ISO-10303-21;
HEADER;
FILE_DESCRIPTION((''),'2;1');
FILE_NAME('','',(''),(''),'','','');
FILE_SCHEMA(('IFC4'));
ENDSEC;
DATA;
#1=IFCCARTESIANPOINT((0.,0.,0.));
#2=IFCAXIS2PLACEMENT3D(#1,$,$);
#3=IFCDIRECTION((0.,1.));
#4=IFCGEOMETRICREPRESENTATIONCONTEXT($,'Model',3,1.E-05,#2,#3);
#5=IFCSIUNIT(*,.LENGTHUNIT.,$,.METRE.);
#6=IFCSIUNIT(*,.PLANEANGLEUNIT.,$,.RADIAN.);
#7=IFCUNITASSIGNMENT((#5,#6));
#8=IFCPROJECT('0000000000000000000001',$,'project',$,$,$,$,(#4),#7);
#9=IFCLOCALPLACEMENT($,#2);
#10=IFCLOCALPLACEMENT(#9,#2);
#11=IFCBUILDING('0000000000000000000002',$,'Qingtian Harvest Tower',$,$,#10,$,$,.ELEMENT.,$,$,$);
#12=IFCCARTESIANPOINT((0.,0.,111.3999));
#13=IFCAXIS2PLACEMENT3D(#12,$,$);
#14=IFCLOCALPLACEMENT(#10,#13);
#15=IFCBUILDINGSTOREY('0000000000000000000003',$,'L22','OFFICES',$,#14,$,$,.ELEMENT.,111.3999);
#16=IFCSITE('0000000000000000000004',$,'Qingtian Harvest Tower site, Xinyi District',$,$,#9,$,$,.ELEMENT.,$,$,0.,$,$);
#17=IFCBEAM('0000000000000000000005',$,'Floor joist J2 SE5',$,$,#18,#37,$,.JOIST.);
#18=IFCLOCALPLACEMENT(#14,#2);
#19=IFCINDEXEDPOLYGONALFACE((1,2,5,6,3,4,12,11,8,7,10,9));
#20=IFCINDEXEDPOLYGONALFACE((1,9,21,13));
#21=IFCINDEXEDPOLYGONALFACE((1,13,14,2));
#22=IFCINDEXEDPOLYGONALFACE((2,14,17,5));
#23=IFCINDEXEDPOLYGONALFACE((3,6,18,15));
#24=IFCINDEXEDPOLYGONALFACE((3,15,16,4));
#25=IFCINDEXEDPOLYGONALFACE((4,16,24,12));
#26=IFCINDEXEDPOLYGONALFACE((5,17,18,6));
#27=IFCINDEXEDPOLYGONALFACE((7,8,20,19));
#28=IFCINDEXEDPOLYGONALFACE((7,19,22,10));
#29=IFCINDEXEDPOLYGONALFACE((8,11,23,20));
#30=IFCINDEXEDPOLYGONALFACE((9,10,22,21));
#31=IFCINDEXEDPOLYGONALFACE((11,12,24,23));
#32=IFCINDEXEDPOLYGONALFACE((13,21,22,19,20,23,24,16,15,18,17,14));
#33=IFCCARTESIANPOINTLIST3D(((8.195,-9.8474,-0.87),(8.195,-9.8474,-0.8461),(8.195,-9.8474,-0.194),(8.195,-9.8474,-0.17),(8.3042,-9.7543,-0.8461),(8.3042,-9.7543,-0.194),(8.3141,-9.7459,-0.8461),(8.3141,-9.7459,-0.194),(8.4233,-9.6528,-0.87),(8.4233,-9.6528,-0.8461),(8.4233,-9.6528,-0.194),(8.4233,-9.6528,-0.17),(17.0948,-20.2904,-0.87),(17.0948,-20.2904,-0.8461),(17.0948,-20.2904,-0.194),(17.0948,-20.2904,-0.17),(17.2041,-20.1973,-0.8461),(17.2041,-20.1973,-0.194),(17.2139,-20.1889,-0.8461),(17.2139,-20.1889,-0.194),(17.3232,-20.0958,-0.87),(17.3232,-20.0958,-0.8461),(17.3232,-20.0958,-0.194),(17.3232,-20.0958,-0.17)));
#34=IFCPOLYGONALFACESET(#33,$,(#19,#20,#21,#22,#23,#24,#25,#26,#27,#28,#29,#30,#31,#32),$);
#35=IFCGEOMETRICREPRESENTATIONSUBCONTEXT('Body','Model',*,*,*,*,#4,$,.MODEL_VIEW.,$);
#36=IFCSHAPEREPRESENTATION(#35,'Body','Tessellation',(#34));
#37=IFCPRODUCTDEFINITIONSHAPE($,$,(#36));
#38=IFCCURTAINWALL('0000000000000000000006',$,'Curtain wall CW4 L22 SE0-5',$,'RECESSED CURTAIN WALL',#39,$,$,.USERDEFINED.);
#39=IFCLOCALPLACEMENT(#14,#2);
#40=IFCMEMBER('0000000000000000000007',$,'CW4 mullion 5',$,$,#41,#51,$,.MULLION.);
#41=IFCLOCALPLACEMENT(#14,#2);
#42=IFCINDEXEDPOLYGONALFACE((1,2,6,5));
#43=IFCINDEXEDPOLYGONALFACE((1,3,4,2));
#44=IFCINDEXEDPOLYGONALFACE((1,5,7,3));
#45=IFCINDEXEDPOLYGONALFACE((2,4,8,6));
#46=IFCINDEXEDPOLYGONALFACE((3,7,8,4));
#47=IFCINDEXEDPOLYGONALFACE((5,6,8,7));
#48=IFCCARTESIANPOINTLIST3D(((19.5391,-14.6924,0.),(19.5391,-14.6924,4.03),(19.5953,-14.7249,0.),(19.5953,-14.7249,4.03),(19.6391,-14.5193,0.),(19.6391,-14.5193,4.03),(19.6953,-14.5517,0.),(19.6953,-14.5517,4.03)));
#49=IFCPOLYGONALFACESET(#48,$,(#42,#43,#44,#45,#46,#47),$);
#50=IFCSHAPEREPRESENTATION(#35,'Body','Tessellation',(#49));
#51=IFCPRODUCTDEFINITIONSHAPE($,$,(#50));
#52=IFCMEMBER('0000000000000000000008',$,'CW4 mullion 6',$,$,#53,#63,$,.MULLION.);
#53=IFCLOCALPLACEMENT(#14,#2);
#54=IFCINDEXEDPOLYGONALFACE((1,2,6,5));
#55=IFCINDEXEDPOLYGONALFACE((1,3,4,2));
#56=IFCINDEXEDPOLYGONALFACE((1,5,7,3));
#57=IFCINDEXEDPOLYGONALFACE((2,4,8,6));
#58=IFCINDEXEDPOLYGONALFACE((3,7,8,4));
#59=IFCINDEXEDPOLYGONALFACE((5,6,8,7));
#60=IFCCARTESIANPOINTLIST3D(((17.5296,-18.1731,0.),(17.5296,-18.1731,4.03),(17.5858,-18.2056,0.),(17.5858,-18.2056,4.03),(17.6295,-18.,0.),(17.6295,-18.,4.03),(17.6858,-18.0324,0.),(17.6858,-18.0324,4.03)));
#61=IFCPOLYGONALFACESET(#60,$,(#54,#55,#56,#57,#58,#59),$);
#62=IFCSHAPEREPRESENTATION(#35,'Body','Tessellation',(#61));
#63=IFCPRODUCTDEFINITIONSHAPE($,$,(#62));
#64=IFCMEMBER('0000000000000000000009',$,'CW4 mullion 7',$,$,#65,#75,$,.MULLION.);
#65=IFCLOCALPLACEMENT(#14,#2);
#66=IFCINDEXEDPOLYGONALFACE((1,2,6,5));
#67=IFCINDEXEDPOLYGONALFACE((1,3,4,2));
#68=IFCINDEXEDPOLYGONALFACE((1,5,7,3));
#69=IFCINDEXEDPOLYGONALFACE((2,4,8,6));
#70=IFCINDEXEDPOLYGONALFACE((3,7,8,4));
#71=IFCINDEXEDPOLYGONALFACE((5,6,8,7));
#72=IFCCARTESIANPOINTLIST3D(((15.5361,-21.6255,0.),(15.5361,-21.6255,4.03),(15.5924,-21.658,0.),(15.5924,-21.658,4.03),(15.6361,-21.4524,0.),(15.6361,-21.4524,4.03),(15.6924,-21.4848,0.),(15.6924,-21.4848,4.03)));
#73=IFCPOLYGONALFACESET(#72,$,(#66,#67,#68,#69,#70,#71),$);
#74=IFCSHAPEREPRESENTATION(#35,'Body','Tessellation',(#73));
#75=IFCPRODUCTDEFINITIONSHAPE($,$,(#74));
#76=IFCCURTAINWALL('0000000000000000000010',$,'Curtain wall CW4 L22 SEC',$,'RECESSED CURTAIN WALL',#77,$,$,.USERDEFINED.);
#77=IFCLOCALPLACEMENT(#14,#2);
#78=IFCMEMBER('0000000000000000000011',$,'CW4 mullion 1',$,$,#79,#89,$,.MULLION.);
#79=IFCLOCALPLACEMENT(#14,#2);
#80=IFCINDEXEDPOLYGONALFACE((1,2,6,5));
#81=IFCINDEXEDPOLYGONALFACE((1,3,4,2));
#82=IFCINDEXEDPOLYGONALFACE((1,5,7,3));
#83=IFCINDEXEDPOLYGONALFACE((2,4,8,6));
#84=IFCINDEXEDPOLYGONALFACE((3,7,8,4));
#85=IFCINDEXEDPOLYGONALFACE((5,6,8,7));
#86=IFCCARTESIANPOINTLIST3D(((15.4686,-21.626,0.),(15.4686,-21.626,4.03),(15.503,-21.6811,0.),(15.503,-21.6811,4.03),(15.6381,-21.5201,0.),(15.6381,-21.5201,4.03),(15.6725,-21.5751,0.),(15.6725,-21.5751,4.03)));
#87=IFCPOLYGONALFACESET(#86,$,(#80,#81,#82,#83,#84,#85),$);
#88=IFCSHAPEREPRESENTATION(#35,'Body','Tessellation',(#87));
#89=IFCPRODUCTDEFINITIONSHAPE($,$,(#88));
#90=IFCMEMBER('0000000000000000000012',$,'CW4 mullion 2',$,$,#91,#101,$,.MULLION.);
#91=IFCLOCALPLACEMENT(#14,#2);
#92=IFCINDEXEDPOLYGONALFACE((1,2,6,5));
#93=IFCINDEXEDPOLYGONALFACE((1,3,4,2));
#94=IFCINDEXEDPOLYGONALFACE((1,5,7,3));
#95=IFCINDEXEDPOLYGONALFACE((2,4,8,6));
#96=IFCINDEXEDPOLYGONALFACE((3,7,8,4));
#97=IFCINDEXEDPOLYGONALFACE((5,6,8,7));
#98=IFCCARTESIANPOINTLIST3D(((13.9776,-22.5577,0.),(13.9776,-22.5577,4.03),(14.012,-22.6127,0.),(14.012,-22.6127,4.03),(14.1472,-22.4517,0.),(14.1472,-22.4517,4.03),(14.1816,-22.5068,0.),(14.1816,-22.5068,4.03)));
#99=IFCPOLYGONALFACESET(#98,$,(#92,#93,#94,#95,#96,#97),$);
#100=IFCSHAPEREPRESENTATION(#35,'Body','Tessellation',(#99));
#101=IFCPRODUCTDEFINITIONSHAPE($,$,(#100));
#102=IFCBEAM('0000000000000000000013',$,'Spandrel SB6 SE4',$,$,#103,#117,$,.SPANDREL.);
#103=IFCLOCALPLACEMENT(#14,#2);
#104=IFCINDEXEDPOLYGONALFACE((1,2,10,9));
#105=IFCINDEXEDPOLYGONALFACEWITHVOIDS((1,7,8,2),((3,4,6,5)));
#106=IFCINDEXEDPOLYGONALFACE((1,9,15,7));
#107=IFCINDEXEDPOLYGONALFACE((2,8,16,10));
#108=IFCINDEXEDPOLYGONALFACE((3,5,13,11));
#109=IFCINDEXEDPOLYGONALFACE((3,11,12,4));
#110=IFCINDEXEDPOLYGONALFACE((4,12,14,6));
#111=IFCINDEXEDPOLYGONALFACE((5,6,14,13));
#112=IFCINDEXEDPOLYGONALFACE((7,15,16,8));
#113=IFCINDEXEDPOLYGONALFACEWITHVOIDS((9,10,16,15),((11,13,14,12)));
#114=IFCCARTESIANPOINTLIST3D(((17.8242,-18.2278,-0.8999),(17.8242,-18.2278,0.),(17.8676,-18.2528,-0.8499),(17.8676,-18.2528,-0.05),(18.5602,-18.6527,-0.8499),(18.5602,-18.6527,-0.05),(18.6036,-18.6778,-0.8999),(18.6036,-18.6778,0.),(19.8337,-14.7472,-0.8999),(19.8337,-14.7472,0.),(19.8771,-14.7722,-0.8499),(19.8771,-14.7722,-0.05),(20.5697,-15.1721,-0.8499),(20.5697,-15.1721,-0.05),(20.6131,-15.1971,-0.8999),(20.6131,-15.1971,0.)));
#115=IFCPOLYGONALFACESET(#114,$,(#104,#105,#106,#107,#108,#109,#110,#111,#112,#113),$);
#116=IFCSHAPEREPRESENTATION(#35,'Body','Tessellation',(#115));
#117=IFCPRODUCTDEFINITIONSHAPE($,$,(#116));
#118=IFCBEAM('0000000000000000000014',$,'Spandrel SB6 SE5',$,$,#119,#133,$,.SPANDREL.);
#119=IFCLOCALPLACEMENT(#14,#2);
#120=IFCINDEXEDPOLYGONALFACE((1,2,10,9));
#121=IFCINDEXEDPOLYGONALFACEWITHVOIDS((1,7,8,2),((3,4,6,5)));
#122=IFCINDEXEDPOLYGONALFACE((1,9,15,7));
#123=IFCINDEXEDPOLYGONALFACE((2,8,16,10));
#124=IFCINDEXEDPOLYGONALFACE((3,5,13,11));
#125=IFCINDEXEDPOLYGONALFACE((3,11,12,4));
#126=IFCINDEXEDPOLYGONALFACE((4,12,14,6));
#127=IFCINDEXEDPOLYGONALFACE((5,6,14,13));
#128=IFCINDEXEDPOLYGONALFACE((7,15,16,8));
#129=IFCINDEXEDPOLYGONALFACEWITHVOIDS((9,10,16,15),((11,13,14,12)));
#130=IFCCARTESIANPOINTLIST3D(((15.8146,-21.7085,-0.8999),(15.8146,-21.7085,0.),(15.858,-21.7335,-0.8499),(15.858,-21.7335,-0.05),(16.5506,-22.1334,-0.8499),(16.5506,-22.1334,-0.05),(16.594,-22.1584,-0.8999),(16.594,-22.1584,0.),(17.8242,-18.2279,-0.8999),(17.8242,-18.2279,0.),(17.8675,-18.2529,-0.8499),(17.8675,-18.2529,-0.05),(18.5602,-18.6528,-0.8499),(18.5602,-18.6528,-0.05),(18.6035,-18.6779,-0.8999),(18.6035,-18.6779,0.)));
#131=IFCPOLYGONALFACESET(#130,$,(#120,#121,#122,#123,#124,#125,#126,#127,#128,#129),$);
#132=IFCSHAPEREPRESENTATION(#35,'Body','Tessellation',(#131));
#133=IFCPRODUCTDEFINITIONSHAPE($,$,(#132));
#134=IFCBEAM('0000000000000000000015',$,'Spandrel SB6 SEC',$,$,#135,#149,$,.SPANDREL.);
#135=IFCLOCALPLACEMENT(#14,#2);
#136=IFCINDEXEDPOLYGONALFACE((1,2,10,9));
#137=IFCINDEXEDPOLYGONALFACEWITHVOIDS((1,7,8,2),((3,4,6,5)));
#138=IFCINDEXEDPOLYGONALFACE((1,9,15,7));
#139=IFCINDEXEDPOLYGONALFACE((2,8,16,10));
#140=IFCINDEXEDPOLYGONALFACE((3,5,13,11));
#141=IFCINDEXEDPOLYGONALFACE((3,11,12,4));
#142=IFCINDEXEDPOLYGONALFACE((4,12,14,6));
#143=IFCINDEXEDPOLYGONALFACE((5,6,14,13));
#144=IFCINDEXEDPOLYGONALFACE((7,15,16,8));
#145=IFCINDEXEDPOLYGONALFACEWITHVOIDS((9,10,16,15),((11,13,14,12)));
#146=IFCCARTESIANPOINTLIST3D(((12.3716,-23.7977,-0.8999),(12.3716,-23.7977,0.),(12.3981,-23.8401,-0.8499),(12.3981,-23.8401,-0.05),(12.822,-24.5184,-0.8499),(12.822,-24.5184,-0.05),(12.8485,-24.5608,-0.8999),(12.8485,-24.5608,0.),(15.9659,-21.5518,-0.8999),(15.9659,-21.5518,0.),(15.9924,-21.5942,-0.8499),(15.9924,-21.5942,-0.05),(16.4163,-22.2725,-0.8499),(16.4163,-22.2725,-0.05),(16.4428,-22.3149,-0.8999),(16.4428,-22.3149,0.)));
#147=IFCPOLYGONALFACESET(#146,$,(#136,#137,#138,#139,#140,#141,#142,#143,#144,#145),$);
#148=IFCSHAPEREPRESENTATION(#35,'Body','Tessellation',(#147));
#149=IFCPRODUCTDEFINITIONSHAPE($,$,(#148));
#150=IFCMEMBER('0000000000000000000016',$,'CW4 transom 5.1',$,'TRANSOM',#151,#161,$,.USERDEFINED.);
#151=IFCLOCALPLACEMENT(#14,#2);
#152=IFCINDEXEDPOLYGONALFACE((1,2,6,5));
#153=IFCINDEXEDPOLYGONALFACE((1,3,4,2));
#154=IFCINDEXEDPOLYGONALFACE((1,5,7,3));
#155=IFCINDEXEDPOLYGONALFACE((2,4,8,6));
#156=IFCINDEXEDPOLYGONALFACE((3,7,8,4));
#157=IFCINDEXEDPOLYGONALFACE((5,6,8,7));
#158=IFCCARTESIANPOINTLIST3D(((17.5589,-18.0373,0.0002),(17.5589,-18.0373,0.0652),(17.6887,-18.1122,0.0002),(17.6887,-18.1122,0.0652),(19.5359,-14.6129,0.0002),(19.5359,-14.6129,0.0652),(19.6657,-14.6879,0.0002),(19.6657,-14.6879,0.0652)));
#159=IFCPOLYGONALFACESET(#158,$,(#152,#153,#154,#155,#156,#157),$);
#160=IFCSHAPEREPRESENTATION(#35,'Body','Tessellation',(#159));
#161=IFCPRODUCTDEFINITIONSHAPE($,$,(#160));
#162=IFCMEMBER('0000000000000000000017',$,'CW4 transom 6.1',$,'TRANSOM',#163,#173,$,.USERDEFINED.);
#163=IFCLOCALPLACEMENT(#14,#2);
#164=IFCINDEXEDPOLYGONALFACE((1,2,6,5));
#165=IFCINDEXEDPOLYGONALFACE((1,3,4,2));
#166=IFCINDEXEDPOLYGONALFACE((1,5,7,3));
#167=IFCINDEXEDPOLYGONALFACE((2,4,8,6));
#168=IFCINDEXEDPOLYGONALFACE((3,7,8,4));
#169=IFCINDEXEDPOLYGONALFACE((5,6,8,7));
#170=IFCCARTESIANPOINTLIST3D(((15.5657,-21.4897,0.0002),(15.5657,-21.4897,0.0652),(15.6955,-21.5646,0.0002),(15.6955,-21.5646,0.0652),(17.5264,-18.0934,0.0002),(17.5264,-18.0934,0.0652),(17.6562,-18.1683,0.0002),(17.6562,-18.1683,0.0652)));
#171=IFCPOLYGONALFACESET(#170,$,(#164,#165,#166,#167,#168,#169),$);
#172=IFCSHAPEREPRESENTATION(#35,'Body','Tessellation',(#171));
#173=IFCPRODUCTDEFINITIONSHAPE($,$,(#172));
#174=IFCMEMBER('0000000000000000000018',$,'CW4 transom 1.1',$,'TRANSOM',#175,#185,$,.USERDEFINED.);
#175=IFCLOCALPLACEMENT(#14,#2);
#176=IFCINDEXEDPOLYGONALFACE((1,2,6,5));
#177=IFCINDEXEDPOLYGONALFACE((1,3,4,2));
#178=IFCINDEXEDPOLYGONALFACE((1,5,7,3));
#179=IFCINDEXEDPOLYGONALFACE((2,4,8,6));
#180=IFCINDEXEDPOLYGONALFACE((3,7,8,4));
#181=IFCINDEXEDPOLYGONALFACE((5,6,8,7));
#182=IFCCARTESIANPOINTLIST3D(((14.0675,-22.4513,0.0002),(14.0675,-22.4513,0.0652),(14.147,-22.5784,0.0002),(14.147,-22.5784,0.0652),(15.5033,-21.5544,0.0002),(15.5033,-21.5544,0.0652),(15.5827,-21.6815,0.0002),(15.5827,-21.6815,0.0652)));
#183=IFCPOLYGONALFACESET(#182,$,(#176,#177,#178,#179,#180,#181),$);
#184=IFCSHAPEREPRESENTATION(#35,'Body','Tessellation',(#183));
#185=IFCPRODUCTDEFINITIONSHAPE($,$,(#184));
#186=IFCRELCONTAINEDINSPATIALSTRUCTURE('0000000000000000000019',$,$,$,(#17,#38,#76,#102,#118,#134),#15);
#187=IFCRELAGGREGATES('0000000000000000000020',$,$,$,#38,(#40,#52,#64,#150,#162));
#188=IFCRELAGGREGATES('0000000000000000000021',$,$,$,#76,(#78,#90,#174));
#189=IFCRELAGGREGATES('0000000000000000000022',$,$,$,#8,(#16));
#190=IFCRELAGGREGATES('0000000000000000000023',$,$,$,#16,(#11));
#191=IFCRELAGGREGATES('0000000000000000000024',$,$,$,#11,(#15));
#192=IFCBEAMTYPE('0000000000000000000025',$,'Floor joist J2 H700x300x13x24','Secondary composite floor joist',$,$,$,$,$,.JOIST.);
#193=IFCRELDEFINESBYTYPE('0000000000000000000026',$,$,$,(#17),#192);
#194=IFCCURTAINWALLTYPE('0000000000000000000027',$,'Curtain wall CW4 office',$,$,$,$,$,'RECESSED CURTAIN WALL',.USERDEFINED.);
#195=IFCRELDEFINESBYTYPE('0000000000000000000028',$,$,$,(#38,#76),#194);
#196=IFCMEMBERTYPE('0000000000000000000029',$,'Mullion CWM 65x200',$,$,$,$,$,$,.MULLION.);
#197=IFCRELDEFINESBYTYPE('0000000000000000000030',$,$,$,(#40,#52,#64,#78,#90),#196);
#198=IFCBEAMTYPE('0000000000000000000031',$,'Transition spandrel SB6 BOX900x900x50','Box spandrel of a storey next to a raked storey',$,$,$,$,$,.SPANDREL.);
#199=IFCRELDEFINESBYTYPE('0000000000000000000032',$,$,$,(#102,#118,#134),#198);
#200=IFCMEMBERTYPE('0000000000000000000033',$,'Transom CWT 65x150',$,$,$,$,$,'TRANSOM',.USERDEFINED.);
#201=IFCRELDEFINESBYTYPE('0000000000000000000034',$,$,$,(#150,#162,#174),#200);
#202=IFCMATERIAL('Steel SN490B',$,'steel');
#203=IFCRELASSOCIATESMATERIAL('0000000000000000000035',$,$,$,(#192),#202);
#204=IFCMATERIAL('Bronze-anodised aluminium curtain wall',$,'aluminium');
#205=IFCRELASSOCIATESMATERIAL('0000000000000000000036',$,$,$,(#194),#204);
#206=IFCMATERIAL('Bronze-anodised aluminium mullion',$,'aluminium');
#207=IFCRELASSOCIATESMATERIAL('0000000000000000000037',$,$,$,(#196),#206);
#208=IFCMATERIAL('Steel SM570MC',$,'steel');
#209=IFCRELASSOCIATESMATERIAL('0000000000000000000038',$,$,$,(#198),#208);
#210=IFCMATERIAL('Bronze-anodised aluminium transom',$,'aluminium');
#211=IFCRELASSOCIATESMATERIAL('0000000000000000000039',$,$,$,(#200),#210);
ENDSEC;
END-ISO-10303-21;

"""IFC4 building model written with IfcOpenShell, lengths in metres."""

from ifc_helpers import new_model, si_unit, direction, frame, origin, origin_2d, place, context, subcontext, project, spatial, rectangle, hollow_rectangle, i_section, extrude, material, material_profile, profile_set, type_object, element, aggregate, save


model = new_model("IFC4")

# Units and contexts
model_context = context("Model", 3, precision=1e-05, world=origin(), true_north=direction((0.0, 1.0)))
body_context = subcontext(model_context, "Body", "Model", "MODEL_VIEW")
ifc_project = project(units=[si_unit("LENGTHUNIT", "METRE"), si_unit("PLANEANGLEUNIT", "RADIAN")], contexts=[model_context])

# Site, building, storey
site_placement = place(None, origin())
site = spatial("IfcSite", under=ifc_project, at=site_placement, Name="Qingtian Harvest Tower site, Xinyi District", CompositionType="ELEMENT", RefElevation=0.0)
building_placement = place(site_placement, origin())
building = spatial("IfcBuilding", under=site, at=building_placement, Name="Qingtian Harvest Tower", CompositionType="ELEMENT")
storey_placement = place(building_placement, frame((0.0, 0.0, 111.3999)))
storey = spatial("IfcBuildingStorey", under=building, at=storey_placement, Name="L22", Description="OFFICES", CompositionType="ELEMENT", Elevation=111.3999)

# Beam
ifc_material_1 = material(Name="Steel SN490B", Category="steel")
ifc_material_profile_1 = material_profile(ifc_material_1, i_section(OverallWidth=0.3, OverallDepth=0.7, WebThickness=0.0129, FlangeThickness=0.0239, at=origin_2d()), Name="H700x300x13x24")
ifc_profile_set_1 = profile_set([ifc_material_profile_1], Name="Steel SN490B")
beam_type_1 = type_object("IfcBeamType", Name="Floor joist J2 H700x300x13x24", Description="Secondary composite floor joist", PredefinedType="JOIST", material=ifc_profile_set_1)
beam_1_placement = place(storey_placement, frame((17.209, -20.1931, -0.52), z_axis=(-0.648632, 0.761102, 0.0), x_axis=(-0.761102, -0.648632, 0.0)))
element("IfcBeam", 1, at=beam_1_placement, inside=storey, type_object=beam_type_1, Name="Floor joist J2 SE5", PredefinedType="JOIST", context=body_context, shape_type="SweptSolid", body=[
    extrude(i_section(OverallWidth=0.3, OverallDepth=0.7, WebThickness=0.0129, FlangeThickness=0.0239, at=origin_2d()), origin(), (0.0, 0.0, 1.0), 13.7209),
])

# Curtain walls, members
ifc_material_2 = material(Name="Bronze-anodised aluminium curtain wall", Category="aluminium")
curtain_wall_type = type_object("IfcCurtainWallType", Name="Curtain wall CW4 office", ElementType="RECESSED CURTAIN WALL", PredefinedType="USERDEFINED", material=ifc_material_2)
curtain_wall_1_placement = place(storey_placement, origin())
curtain_wall_1 = element("IfcCurtainWall", 2, at=curtain_wall_1_placement, inside=storey, type_object=curtain_wall_type, Name="Curtain wall CW4 L22 SE0-5", ObjectType="RECESSED CURTAIN WALL", PredefinedType="USERDEFINED")
ifc_material_3 = material(Name="Bronze-anodised aluminium mullion", Category="aluminium")
ifc_material_profile_2 = material_profile(ifc_material_3, rectangle(XDim=0.0649, YDim=0.2, at=origin_2d()), Name="AL 65x200")
ifc_profile_set_2 = profile_set([ifc_material_profile_2], Name="Bronze-anodised aluminium mullion")
member_type_1 = type_object("IfcMemberType", Name="Mullion CWM 65x200", PredefinedType="MULLION", material=ifc_profile_set_2)
member_1_placement = place(storey_placement, frame((19.6172, -14.6221, 0.0), z_axis=(0.0, 0.0, 1.0), x_axis=(0.866025, -0.5, 0.0)))
member_1 = element("IfcMember", 3, at=member_1_placement, type_object=member_type_1, Name="CW4 mullion 5", PredefinedType="MULLION", context=body_context, shape_type="SweptSolid", body=[
    extrude(rectangle(XDim=0.0649, YDim=0.2, at=origin_2d()), origin(), (0.0, 0.0, 1.0), 4.03),
])
member_2_placement = place(storey_placement, frame((17.6077, -18.1028, 0.0), z_axis=(0.0, 0.0, 1.0), x_axis=(0.866025, -0.5, 0.0)))
member_2 = element("IfcMember", 4, at=member_2_placement, type_object=member_type_1, Name="CW4 mullion 6", PredefinedType="MULLION", context=body_context, shape_type="SweptSolid", body=[
    extrude(rectangle(XDim=0.0649, YDim=0.2, at=origin_2d()), origin(), (0.0, 0.0, 1.0), 4.03),
])
member_3_placement = place(storey_placement, frame((15.6143, -21.5552, 0.0), z_axis=(0.0, 0.0, 1.0), x_axis=(0.866025, -0.5, 0.0)))
member_3 = element("IfcMember", 5, at=member_3_placement, type_object=member_type_1, Name="CW4 mullion 7", PredefinedType="MULLION", context=body_context, shape_type="SweptSolid", body=[
    extrude(rectangle(XDim=0.0649, YDim=0.2, at=origin_2d()), origin(), (0.0, 0.0, 1.0), 4.03),
])
curtain_wall_2_placement = place(storey_placement, origin())
curtain_wall_2 = element("IfcCurtainWall", 6, at=curtain_wall_2_placement, inside=storey, type_object=curtain_wall_type, Name="Curtain wall CW4 L22 SEC", ObjectType="RECESSED CURTAIN WALL", PredefinedType="USERDEFINED")
member_4_placement = place(storey_placement, frame((15.5706, -21.6006, 0.0), z_axis=(0.0, 0.0, 1.0), x_axis=(0.529919, -0.848048, 0.0)))
member_4 = element("IfcMember", 7, at=member_4_placement, type_object=member_type_1, Name="CW4 mullion 1", PredefinedType="MULLION", context=body_context, shape_type="SweptSolid", body=[
    extrude(rectangle(XDim=0.0649, YDim=0.2, at=origin_2d()), origin(), (0.0, 0.0, 1.0), 4.03),
])
member_5_placement = place(storey_placement, frame((14.0796, -22.5322, 0.0), z_axis=(0.0, 0.0, 1.0), x_axis=(0.529919, -0.848048, 0.0)))
member_5 = element("IfcMember", 8, at=member_5_placement, type_object=member_type_1, Name="CW4 mullion 2", PredefinedType="MULLION", context=body_context, shape_type="SweptSolid", body=[
    extrude(rectangle(XDim=0.0649, YDim=0.2, at=origin_2d()), origin(), (0.0, 0.0, 1.0), 4.03),
])

# Beams
ifc_material_4 = material(Name="Steel SM570MC", Category="steel")
ifc_material_profile_3 = material_profile(ifc_material_4, hollow_rectangle(XDim=0.8999, YDim=0.8999, WallThickness=0.05, at=origin_2d()), Name="BOX900x900x50")
ifc_profile_set_3 = profile_set([ifc_material_profile_3], Name="Steel SM570MC")
beam_type_2 = type_object("IfcBeamType", Name="Transition spandrel SB6 BOX900x900x50", Description="Box spandrel of a storey next to a raked storey", PredefinedType="SPANDREL", material=ifc_profile_set_3)
for number, where, z_axis, x_axis, name in (
    (9, (20.2234, -14.9722, -0.45), (-0.499987, -0.866033, 0.0), (0.866033, -0.499987, 0.0), "Spandrel SB6 SE4"),
    (10, (18.2139, -18.4529, -0.45), (-0.500013, -0.866018, 0.0), (0.866018, -0.500013, 0.0), "Spandrel SB6 SE5"),
):
    element("IfcBeam", number, at=place(storey_placement, frame(where, z_axis=z_axis, x_axis=x_axis)), inside=storey, type_object=beam_type_2, Name=name, PredefinedType="SPANDREL", context=body_context, shape_type="SweptSolid", body=[
        extrude(hollow_rectangle(XDim=0.8999, YDim=0.8999, WallThickness=0.05, at=origin_2d()), origin(), (0.0, 0.0, 1.0), 4.019),
    ])
beam_2_placement = place(storey_placement, frame((16.2043, -21.9333, -0.45), z_axis=(-0.848057, -0.529906, 0.0), x_axis=(0.529906, -0.848057, 0.0)))
element("IfcBeam", 11, at=beam_2_placement, inside=storey, type_object=beam_type_2, Name="Spandrel SB6 SEC", PredefinedType="SPANDREL", context=body_context, shape_type="SweptSolid", body=[
    extrude(hollow_rectangle(XDim=0.8999, YDim=0.8999, WallThickness=0.05, at=origin_2d()), origin(), (0.0, 0.0, 1.0), 4.2383),
])

# Members
ifc_material_5 = material(Name="Bronze-anodised aluminium transom", Category="aluminium")
ifc_material_profile_4 = material_profile(ifc_material_5, rectangle(XDim=0.1499, YDim=0.0649, at=origin_2d()), Name="AL 65x150")
ifc_profile_set_4 = profile_set([ifc_material_profile_4], Name="Bronze-anodised aluminium transom")
member_type_2 = type_object("IfcMemberType", Name="Transom CWT 65x150", ElementType="TRANSOM", PredefinedType="USERDEFINED", material=ifc_profile_set_4)
member_6_placement = place(storey_placement, frame((19.6008, -14.6504, 0.0327), z_axis=(-0.500004, -0.866023, 0.0), x_axis=(0.866023, -0.500004, 0.0)))
member_6 = element("IfcMember", 12, at=member_6_placement, type_object=member_type_2, Name="CW4 transom 5.1", ObjectType="TRANSOM", PredefinedType="USERDEFINED", context=body_context, shape_type="SweptSolid", body=[
    extrude(rectangle(XDim=0.1499, YDim=0.0649, at=origin_2d()), origin(), (0.0, 0.0, 1.0), 3.9541),
])
member_7_placement = place(storey_placement, frame((17.5913, -18.1309, 0.0327), z_axis=(-0.499976, -0.866039, 0.0), x_axis=(0.866039, -0.499976, 0.0)))
member_7 = element("IfcMember", 13, at=member_7_placement, type_object=member_type_2, Name="CW4 transom 6.1", ObjectType="TRANSOM", PredefinedType="USERDEFINED", context=body_context, shape_type="SweptSolid", body=[
    extrude(rectangle(XDim=0.1499, YDim=0.0649, at=origin_2d()), origin(), (0.0, 0.0, 1.0), 3.9216),
])
member_8_placement = place(storey_placement, frame((15.543, -21.6179, 0.0327), z_axis=(-0.848104, -0.52983, 0.0), x_axis=(0.52983, -0.848104, 0.0)))
member_8 = element("IfcMember", 14, at=member_8_placement, type_object=member_type_2, Name="CW4 transom 1.1", ObjectType="TRANSOM", PredefinedType="USERDEFINED", context=body_context, shape_type="SweptSolid", body=[
    extrude(rectangle(XDim=0.1499, YDim=0.0649, at=origin_2d()), origin(), (0.0, 0.0, 1.0), 1.6929),
])

aggregate(curtain_wall_1, [member_1, member_2, member_3, member_6, member_7])
aggregate(curtain_wall_2, [member_4, member_5, member_8])

save(model, "model.ifc")
